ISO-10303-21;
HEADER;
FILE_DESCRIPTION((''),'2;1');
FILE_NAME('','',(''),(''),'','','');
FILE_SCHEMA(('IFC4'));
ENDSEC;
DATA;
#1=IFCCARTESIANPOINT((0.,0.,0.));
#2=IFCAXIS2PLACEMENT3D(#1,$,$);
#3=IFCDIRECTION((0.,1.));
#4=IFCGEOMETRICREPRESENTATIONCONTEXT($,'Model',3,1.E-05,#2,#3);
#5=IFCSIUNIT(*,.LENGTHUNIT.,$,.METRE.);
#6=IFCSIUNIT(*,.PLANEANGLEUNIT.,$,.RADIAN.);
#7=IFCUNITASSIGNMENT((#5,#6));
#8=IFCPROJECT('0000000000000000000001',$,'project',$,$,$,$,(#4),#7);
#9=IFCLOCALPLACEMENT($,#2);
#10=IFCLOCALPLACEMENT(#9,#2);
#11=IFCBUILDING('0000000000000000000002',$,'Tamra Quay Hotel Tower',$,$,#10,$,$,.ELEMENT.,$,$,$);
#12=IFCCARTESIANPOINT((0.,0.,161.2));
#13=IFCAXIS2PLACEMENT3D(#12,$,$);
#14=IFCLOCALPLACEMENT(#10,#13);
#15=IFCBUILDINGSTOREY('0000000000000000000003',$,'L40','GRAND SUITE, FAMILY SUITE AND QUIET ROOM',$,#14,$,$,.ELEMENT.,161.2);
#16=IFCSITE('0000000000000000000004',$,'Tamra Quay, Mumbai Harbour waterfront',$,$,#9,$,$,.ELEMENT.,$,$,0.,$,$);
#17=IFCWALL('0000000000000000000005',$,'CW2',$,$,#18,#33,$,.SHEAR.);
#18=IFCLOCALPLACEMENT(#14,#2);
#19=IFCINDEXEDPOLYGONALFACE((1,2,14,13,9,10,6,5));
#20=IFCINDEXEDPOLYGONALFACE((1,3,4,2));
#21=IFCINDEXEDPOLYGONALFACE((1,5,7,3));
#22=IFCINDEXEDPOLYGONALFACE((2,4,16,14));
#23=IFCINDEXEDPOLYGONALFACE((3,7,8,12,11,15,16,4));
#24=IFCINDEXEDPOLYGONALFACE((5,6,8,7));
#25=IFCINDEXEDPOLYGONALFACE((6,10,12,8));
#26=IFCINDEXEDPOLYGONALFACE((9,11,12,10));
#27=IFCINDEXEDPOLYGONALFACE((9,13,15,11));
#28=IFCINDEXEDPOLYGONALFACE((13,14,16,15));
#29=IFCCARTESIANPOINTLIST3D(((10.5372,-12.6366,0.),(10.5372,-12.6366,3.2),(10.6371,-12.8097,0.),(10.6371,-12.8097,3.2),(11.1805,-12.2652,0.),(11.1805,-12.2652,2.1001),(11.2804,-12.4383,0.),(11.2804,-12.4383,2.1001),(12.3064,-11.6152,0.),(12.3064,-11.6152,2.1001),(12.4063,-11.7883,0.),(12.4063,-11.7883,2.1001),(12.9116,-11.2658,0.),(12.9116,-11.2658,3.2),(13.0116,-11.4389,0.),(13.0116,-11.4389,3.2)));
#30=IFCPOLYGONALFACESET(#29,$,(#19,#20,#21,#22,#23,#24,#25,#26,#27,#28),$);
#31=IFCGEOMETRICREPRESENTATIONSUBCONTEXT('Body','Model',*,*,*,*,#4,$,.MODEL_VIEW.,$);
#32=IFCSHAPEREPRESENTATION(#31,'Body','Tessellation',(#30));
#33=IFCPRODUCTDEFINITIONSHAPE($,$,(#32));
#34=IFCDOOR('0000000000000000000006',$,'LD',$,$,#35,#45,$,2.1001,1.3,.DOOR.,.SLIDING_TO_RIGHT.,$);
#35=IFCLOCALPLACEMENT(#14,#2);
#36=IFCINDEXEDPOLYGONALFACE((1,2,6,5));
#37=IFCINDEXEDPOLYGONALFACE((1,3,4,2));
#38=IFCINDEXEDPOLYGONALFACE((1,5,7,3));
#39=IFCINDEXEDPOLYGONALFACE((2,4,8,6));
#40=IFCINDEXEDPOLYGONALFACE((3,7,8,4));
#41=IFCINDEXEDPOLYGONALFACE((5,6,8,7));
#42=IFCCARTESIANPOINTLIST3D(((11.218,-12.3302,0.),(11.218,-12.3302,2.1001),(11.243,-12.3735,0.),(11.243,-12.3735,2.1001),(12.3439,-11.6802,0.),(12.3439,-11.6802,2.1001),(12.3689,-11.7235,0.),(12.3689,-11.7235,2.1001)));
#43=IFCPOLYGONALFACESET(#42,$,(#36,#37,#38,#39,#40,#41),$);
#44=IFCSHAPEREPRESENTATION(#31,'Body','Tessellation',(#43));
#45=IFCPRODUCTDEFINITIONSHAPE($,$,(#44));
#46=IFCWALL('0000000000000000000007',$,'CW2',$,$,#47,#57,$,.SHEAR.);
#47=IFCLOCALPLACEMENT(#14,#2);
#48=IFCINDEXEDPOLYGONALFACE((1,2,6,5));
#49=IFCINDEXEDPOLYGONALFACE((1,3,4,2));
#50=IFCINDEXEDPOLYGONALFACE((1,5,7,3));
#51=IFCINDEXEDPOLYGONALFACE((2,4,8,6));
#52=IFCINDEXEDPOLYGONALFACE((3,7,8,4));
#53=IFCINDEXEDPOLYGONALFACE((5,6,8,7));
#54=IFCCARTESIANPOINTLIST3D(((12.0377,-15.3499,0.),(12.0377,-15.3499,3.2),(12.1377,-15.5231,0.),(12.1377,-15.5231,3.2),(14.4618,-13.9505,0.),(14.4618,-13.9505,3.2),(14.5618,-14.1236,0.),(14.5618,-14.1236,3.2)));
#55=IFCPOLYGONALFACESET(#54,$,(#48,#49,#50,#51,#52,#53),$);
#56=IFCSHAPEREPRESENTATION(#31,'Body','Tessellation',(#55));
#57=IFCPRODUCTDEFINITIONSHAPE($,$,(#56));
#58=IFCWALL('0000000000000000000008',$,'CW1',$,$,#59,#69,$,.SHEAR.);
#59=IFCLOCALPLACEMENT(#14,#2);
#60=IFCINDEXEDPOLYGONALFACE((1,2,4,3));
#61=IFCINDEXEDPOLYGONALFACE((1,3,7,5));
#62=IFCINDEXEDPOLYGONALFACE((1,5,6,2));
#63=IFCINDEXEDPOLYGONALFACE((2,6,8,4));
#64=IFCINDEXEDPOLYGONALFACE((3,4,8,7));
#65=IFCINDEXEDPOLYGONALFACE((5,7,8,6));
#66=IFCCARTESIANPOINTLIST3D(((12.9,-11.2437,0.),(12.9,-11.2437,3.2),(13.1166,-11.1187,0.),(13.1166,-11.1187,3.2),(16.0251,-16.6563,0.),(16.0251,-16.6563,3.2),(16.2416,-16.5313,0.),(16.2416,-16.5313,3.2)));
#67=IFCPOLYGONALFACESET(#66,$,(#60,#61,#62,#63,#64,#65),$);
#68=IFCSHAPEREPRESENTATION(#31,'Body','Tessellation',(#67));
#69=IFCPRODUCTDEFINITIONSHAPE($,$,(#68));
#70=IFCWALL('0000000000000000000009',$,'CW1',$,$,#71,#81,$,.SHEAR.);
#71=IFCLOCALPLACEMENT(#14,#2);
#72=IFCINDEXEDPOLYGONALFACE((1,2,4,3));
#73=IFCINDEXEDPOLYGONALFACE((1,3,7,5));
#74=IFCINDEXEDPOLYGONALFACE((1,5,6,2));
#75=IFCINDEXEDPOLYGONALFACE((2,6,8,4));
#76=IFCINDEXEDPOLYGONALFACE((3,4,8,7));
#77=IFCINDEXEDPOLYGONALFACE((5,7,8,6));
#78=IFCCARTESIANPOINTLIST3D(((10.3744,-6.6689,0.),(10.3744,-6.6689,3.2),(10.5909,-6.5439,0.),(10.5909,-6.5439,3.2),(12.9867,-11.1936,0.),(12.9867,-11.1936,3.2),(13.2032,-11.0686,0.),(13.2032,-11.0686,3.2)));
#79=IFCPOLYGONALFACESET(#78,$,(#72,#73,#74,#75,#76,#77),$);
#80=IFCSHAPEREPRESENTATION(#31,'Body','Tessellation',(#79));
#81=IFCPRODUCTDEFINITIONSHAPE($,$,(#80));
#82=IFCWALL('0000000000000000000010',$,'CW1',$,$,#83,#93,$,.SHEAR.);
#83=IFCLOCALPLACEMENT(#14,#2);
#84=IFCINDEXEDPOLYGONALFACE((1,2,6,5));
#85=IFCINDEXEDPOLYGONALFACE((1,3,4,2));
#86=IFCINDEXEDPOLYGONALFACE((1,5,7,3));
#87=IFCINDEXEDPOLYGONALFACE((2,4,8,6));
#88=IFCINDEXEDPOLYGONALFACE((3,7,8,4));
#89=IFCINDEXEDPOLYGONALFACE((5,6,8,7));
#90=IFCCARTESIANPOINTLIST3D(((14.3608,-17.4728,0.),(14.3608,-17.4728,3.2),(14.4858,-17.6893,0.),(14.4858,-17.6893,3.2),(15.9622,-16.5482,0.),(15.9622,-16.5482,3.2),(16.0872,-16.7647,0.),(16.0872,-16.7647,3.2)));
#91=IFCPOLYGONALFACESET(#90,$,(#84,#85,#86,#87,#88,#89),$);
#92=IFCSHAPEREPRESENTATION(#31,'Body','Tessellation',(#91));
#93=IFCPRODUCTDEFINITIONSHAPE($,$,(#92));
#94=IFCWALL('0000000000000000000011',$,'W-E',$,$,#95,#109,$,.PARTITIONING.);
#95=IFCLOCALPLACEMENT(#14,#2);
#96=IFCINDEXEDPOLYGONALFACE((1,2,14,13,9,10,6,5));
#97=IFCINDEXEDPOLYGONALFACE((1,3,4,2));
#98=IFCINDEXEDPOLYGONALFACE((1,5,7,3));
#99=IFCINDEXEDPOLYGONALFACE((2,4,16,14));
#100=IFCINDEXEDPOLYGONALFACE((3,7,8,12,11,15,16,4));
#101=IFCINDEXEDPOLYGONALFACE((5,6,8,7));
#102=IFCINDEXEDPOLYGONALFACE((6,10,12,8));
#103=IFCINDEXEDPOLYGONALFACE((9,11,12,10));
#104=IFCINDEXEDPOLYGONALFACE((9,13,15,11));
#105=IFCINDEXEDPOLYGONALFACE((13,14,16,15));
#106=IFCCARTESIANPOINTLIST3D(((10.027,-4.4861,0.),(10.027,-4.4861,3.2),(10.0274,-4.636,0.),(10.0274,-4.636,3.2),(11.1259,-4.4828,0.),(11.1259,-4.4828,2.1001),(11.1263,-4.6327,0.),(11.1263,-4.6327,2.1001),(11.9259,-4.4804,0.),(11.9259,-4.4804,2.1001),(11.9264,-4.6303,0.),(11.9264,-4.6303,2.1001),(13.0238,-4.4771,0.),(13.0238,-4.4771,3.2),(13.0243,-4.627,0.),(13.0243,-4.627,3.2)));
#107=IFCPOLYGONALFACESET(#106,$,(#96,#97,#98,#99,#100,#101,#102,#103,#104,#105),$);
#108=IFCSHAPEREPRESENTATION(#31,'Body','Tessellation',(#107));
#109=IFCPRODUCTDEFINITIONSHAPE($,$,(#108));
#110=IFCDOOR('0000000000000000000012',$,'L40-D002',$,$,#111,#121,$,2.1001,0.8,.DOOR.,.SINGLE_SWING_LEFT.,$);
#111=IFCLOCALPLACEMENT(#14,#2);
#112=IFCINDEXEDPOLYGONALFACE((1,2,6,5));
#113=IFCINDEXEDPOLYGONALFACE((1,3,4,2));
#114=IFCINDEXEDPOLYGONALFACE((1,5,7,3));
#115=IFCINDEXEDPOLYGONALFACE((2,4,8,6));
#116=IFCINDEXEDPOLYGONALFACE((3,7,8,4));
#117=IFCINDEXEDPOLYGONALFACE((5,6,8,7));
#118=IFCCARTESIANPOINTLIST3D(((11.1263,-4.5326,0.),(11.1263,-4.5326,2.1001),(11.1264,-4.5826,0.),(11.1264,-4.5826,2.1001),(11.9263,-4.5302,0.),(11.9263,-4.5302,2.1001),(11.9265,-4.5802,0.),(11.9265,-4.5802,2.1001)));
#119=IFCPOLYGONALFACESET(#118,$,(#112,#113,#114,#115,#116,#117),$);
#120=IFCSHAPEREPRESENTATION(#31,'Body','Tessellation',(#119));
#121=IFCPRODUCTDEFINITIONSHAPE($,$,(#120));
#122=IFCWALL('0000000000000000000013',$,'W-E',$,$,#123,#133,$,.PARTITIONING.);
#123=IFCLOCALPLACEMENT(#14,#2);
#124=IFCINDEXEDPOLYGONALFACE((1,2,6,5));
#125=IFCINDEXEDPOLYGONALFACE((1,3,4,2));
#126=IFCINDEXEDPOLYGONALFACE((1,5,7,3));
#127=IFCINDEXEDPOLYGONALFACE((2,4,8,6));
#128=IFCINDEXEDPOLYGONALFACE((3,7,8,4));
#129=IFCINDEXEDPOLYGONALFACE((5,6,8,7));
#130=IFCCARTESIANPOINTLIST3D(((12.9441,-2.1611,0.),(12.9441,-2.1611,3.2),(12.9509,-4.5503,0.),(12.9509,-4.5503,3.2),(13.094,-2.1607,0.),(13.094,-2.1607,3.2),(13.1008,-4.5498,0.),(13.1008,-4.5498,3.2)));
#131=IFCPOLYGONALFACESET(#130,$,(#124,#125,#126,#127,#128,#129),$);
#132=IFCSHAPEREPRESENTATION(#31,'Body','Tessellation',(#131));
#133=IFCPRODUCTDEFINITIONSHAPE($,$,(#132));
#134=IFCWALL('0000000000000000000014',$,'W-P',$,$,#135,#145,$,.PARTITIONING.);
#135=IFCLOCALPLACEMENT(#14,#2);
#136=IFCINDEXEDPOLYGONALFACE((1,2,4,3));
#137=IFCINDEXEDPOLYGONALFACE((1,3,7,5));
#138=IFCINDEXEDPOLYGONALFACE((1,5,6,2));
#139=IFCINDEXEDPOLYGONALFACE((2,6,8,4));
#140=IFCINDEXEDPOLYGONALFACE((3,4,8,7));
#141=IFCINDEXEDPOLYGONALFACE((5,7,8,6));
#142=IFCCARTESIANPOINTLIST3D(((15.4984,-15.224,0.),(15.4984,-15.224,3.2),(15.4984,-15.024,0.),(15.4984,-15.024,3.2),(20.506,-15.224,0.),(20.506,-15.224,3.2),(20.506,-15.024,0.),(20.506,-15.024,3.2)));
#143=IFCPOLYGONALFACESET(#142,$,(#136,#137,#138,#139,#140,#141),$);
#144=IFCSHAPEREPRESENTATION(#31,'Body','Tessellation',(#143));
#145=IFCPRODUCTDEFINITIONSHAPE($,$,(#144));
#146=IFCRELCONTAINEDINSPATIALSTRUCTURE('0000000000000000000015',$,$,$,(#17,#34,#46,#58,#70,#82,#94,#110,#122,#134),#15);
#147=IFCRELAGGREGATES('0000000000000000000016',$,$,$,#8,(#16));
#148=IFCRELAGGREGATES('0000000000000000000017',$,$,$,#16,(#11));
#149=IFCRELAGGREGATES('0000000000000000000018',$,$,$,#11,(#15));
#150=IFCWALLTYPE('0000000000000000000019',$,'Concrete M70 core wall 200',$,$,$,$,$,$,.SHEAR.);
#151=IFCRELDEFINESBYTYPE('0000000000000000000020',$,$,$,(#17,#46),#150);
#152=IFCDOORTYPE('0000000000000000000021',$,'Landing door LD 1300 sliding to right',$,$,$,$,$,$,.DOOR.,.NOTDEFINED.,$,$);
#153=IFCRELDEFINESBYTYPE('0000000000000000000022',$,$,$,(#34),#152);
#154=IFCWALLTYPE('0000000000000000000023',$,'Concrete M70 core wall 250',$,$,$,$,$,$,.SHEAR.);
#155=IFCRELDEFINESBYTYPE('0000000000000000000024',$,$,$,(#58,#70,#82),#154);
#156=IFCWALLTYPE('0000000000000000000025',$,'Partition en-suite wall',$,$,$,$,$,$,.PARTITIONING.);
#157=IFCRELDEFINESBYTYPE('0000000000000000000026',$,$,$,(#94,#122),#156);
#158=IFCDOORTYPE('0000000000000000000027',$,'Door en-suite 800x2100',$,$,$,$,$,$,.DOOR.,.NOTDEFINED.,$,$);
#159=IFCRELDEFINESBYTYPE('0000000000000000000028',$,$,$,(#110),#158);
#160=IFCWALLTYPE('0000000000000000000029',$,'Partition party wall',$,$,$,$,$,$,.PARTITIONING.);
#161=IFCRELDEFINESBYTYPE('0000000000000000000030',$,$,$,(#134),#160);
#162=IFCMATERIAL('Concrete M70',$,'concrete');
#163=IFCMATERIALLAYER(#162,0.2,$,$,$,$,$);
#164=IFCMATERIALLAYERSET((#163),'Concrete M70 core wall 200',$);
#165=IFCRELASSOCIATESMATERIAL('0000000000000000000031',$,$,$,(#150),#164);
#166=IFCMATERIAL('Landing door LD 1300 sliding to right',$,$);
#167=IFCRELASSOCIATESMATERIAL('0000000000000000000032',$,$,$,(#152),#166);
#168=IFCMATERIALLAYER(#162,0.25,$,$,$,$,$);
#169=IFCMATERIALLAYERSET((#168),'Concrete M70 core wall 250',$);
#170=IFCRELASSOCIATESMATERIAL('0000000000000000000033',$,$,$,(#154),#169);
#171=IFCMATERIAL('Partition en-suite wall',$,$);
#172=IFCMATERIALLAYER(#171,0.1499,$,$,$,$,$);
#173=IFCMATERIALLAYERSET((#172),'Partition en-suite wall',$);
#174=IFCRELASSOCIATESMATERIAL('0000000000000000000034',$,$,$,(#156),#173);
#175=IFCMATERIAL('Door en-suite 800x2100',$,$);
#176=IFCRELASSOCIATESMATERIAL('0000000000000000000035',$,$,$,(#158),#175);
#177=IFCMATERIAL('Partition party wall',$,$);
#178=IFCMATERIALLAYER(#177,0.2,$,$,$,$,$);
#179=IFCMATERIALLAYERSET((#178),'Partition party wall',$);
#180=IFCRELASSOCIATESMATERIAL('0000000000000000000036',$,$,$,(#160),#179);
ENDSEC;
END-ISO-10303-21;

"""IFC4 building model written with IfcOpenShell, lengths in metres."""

from ifc_helpers import new_model, si_unit, direction, frame, frame_2d, origin, place, context, subcontext, project, spatial, rectangle, extrude, material, layer, layer_set, type_object, element, fill, save


model = new_model("IFC4")

# Units and contexts
model_context = context("Model", 3, precision=1e-05, world=origin(), true_north=direction((0.0, 1.0)))
body_context = subcontext(model_context, "Body", "Model", "MODEL_VIEW")
ifc_project = project(units=[si_unit("LENGTHUNIT", "METRE"), si_unit("PLANEANGLEUNIT", "RADIAN")], contexts=[model_context])

# Site, building, storey
site_placement = place(None, origin())
site = spatial("IfcSite", under=ifc_project, at=site_placement, Name="Tamra Quay, Mumbai Harbour waterfront", CompositionType="ELEMENT", RefElevation=0.0)
building_placement = place(site_placement, origin())
building = spatial("IfcBuilding", under=site, at=building_placement, Name="Tamra Quay Hotel Tower", CompositionType="ELEMENT")
storey_placement = place(building_placement, frame((0.0, 0.0, 161.2)))
storey = spatial("IfcBuildingStorey", under=building, at=storey_placement, Name="L40", Description="GRAND SUITE, FAMILY SUITE AND QUIET ROOM", CompositionType="ELEMENT", Elevation=161.2)

# Shared definitions
ifc_material_1 = material(Name="Concrete M70", Category="concrete")

# Shared definitions
ifc_layer_1 = layer(ifc_material_1, 0.2)
ifc_layer_set_1 = layer_set([ifc_layer_1], Name="Concrete M70 core wall 200")
wall_type_1 = type_object("IfcWallType", Name="Concrete M70 core wall 200", PredefinedType="SHEAR", material=ifc_layer_set_1)

# Wall, opening, door
wall_1_placement = place(storey_placement, frame((10.5872, -12.7231, 0.0), z_axis=(0.0, 0.0, 1.0), x_axis=(0.866037, 0.499979, 0.0)))
wall_1 = element("IfcWall", 1, at=wall_1_placement, inside=storey, type_object=wall_type_1, Name="CW2", PredefinedType="SHEAR", context=body_context, shape_type="SweptSolid", body=[
    extrude(rectangle(XDim=2.7417, YDim=0.2, at=frame_2d((1.3708, 0.0))), origin(), (0.0, 0.0, 1.0), 3.2),
])
opening_1_placement = place(wall_1_placement, frame((0.7429, 0.0, 0.0)))
opening_1 = element("IfcOpeningElement", 2, at=opening_1_placement, cuts=wall_1, PredefinedType="OPENING", context=body_context, shape_type="SweptSolid", body=[
    extrude(rectangle(XDim=1.3, YDim=2.1001, at=frame_2d((0.6499, 1.05))), frame((0.0, 0.1099, 0.0), z_axis=(0.0, -1.0, 0.0), x_axis=(1.0, 0.0, 0.0)), (0.0, 0.0, 1.0), 0.22),
])
ifc_material_2 = material(Name="Landing door LD 1300 sliding to right")
door_type_1 = type_object("IfcDoorType", Name="Landing door LD 1300 sliding to right", OperationType="NOTDEFINED", PredefinedType="DOOR", material=ifc_material_2)
door_1_placement = place(opening_1_placement, origin())
door_1 = element("IfcDoor", 3, at=door_1_placement, inside=storey, type_object=door_type_1, Name="LD", OperationType="SLIDING_TO_RIGHT", OverallHeight=2.1001, OverallWidth=1.3, PredefinedType="DOOR", context=body_context, shape_type="SweptSolid", body=[
    extrude(rectangle(XDim=1.3, YDim=2.1001, at=frame_2d((0.6499, 1.05))), frame((0.0, 0.0249, 0.0), z_axis=(0.0, -1.0, 0.0), x_axis=(1.0, 0.0, 0.0)), (0.0, 0.0, 1.0), 0.05),
])
fill(opening_1, door_1)

# Walls
wall_2_placement = place(storey_placement, frame((14.5117, -14.0371, 0.0), z_axis=(0.0, 0.0, 1.0), x_axis=(-0.866045, -0.499967, 0.0)))
element("IfcWall", 4, at=wall_2_placement, inside=storey, type_object=wall_type_1, Name="CW2", PredefinedType="SHEAR", context=body_context, shape_type="SweptSolid", body=[
    extrude(rectangle(XDim=2.7991, YDim=0.2, at=frame_2d((1.3994, 0.0))), origin(), (0.0, 0.0, 1.0), 3.2),
])
ifc_layer_2 = layer(ifc_material_1, 0.25)
ifc_layer_set_2 = layer_set([ifc_layer_2], Name="Concrete M70 core wall 250")
wall_type_2 = type_object("IfcWallType", Name="Concrete M70 core wall 250", PredefinedType="SHEAR", material=ifc_layer_set_2)
wall_3_placement = place(storey_placement, frame((13.0083, -11.1812, 0.0), z_axis=(0.0, 0.0, 1.0), x_axis=(0.500004, -0.866023, 0.0)))
element("IfcWall", 5, at=wall_3_placement, inside=storey, type_object=wall_type_2, Name="CW1", PredefinedType="SHEAR", context=body_context, shape_type="SweptSolid", body=[
    extrude(rectangle(XDim=6.25, YDim=0.25, at=frame_2d((3.125, 0.0))), origin(), (0.0, 0.0, 1.0), 3.2),
])
wall_4_placement = place(storey_placement, frame((10.4827, -6.6064, 0.0), z_axis=(0.0, 0.0, 1.0), x_axis=(0.499999, -0.866026, 0.0)))
element("IfcWall", 6, at=wall_4_placement, inside=storey, type_object=wall_type_2, Name="CW1", PredefinedType="SHEAR", context=body_context, shape_type="SweptSolid", body=[
    extrude(rectangle(XDim=5.2246, YDim=0.25, at=frame_2d((2.6123, 0.0))), origin(), (0.0, 0.0, 1.0), 3.2),
])
wall_5_placement = place(storey_placement, frame((16.0247, -16.6565, 0.0), z_axis=(0.0, 0.0, 1.0), x_axis=(-0.866016, -0.500016, 0.0)))
element("IfcWall", 7, at=wall_5_placement, inside=storey, type_object=wall_type_2, Name="CW1", PredefinedType="SHEAR", context=body_context, shape_type="SweptSolid", body=[
    extrude(rectangle(XDim=1.8491, YDim=0.25, at=frame_2d((0.9246, 0.0))), origin(), (0.0, 0.0, 1.0), 3.2),
])

# Wall, opening, door
ifc_material_3 = material(Name="Partition en-suite wall")
ifc_layer_3 = layer(ifc_material_3, 0.1499)
ifc_layer_set_3 = layer_set([ifc_layer_3], Name="Partition en-suite wall")
wall_type_3 = type_object("IfcWallType", Name="Partition en-suite wall", PredefinedType="PARTITIONING", material=ifc_layer_set_3)
wall_6_placement = place(storey_placement, frame((10.0271, -4.561, 0.0), z_axis=(0.0, 0.0, 1.0), x_axis=(0.999995, 0.003014, 0.0)))
wall_6 = element("IfcWall", 8, at=wall_6_placement, inside=storey, type_object=wall_type_3, Name="W-E", PredefinedType="PARTITIONING", context=body_context, shape_type="SweptSolid", body=[
    extrude(rectangle(XDim=2.9968, YDim=0.1499, at=frame_2d((1.4985, 0.0))), origin(), (0.0, 0.0, 1.0), 3.2),
])
opening_2_placement = place(wall_6_placement, frame((1.0991, 0.0, 0.0)))
opening_2 = element("IfcOpeningElement", 9, at=opening_2_placement, cuts=wall_6, PredefinedType="OPENING", context=body_context, shape_type="SweptSolid", body=[
    extrude(rectangle(XDim=0.8, YDim=2.1001, at=frame_2d((0.3999, 1.05))), frame((0.0, 0.085, 0.0), z_axis=(0.0, -1.0, 0.0), x_axis=(1.0, 0.0, 0.0)), (0.0, 0.0, 1.0), 0.1699),
])
ifc_material_4 = material(Name="Door en-suite 800x2100")
door_type_2 = type_object("IfcDoorType", Name="Door en-suite 800x2100", OperationType="NOTDEFINED", PredefinedType="DOOR", material=ifc_material_4)
door_2_placement = place(opening_2_placement, frame((0.8, 0.0, 0.0), z_axis=(0.0, 0.0, 1.0), x_axis=(-1.0, 0.0, 0.0)))
door_2 = element("IfcDoor", 10, at=door_2_placement, inside=storey, type_object=door_type_2, Name="L40-D002", OperationType="SINGLE_SWING_LEFT", OverallHeight=2.1001, OverallWidth=0.8, PredefinedType="DOOR", context=body_context, shape_type="SweptSolid", body=[
    extrude(rectangle(XDim=0.8, YDim=2.1001, at=frame_2d((0.3999, 1.05))), frame((0.0, 0.0249, 0.0), z_axis=(0.0, -1.0, 0.0), x_axis=(1.0, 0.0, 0.0)), (0.0, 0.0, 1.0), 0.05),
])
fill(opening_2, door_2)

# Walls
wall_7_placement = place(storey_placement, frame((13.019, -2.1609, 0.0), z_axis=(0.0, 0.0, 1.0), x_axis=(0.002861, -0.999996, 0.0)))
element("IfcWall", 11, at=wall_7_placement, inside=storey, type_object=wall_type_3, Name="W-E", PredefinedType="PARTITIONING", context=body_context, shape_type="SweptSolid", body=[
    extrude(rectangle(XDim=2.3892, YDim=0.1499, at=frame_2d((1.1946, 0.0))), origin(), (0.0, 0.0, 1.0), 3.2),
])
ifc_material_5 = material(Name="Partition party wall")
ifc_layer_4 = layer(ifc_material_5, 0.2)
ifc_layer_set_4 = layer_set([ifc_layer_4], Name="Partition party wall")
wall_type_4 = type_object("IfcWallType", Name="Partition party wall", PredefinedType="PARTITIONING", material=ifc_layer_set_4)
wall_8_placement = place(storey_placement, frame((15.4983, -15.124, 0.0), z_axis=(0.0, 0.0, 1.0), x_axis=(1.0, 0.0, 0.0)))
element("IfcWall", 12, at=wall_8_placement, inside=storey, type_object=wall_type_4, Name="W-P", PredefinedType="PARTITIONING", context=body_context, shape_type="SweptSolid", body=[
    extrude(rectangle(XDim=5.0076, YDim=0.2, at=frame_2d((2.5039, 0.0))), origin(), (0.0, 0.0, 1.0), 3.2),
])

save(model, "model.ifc")
